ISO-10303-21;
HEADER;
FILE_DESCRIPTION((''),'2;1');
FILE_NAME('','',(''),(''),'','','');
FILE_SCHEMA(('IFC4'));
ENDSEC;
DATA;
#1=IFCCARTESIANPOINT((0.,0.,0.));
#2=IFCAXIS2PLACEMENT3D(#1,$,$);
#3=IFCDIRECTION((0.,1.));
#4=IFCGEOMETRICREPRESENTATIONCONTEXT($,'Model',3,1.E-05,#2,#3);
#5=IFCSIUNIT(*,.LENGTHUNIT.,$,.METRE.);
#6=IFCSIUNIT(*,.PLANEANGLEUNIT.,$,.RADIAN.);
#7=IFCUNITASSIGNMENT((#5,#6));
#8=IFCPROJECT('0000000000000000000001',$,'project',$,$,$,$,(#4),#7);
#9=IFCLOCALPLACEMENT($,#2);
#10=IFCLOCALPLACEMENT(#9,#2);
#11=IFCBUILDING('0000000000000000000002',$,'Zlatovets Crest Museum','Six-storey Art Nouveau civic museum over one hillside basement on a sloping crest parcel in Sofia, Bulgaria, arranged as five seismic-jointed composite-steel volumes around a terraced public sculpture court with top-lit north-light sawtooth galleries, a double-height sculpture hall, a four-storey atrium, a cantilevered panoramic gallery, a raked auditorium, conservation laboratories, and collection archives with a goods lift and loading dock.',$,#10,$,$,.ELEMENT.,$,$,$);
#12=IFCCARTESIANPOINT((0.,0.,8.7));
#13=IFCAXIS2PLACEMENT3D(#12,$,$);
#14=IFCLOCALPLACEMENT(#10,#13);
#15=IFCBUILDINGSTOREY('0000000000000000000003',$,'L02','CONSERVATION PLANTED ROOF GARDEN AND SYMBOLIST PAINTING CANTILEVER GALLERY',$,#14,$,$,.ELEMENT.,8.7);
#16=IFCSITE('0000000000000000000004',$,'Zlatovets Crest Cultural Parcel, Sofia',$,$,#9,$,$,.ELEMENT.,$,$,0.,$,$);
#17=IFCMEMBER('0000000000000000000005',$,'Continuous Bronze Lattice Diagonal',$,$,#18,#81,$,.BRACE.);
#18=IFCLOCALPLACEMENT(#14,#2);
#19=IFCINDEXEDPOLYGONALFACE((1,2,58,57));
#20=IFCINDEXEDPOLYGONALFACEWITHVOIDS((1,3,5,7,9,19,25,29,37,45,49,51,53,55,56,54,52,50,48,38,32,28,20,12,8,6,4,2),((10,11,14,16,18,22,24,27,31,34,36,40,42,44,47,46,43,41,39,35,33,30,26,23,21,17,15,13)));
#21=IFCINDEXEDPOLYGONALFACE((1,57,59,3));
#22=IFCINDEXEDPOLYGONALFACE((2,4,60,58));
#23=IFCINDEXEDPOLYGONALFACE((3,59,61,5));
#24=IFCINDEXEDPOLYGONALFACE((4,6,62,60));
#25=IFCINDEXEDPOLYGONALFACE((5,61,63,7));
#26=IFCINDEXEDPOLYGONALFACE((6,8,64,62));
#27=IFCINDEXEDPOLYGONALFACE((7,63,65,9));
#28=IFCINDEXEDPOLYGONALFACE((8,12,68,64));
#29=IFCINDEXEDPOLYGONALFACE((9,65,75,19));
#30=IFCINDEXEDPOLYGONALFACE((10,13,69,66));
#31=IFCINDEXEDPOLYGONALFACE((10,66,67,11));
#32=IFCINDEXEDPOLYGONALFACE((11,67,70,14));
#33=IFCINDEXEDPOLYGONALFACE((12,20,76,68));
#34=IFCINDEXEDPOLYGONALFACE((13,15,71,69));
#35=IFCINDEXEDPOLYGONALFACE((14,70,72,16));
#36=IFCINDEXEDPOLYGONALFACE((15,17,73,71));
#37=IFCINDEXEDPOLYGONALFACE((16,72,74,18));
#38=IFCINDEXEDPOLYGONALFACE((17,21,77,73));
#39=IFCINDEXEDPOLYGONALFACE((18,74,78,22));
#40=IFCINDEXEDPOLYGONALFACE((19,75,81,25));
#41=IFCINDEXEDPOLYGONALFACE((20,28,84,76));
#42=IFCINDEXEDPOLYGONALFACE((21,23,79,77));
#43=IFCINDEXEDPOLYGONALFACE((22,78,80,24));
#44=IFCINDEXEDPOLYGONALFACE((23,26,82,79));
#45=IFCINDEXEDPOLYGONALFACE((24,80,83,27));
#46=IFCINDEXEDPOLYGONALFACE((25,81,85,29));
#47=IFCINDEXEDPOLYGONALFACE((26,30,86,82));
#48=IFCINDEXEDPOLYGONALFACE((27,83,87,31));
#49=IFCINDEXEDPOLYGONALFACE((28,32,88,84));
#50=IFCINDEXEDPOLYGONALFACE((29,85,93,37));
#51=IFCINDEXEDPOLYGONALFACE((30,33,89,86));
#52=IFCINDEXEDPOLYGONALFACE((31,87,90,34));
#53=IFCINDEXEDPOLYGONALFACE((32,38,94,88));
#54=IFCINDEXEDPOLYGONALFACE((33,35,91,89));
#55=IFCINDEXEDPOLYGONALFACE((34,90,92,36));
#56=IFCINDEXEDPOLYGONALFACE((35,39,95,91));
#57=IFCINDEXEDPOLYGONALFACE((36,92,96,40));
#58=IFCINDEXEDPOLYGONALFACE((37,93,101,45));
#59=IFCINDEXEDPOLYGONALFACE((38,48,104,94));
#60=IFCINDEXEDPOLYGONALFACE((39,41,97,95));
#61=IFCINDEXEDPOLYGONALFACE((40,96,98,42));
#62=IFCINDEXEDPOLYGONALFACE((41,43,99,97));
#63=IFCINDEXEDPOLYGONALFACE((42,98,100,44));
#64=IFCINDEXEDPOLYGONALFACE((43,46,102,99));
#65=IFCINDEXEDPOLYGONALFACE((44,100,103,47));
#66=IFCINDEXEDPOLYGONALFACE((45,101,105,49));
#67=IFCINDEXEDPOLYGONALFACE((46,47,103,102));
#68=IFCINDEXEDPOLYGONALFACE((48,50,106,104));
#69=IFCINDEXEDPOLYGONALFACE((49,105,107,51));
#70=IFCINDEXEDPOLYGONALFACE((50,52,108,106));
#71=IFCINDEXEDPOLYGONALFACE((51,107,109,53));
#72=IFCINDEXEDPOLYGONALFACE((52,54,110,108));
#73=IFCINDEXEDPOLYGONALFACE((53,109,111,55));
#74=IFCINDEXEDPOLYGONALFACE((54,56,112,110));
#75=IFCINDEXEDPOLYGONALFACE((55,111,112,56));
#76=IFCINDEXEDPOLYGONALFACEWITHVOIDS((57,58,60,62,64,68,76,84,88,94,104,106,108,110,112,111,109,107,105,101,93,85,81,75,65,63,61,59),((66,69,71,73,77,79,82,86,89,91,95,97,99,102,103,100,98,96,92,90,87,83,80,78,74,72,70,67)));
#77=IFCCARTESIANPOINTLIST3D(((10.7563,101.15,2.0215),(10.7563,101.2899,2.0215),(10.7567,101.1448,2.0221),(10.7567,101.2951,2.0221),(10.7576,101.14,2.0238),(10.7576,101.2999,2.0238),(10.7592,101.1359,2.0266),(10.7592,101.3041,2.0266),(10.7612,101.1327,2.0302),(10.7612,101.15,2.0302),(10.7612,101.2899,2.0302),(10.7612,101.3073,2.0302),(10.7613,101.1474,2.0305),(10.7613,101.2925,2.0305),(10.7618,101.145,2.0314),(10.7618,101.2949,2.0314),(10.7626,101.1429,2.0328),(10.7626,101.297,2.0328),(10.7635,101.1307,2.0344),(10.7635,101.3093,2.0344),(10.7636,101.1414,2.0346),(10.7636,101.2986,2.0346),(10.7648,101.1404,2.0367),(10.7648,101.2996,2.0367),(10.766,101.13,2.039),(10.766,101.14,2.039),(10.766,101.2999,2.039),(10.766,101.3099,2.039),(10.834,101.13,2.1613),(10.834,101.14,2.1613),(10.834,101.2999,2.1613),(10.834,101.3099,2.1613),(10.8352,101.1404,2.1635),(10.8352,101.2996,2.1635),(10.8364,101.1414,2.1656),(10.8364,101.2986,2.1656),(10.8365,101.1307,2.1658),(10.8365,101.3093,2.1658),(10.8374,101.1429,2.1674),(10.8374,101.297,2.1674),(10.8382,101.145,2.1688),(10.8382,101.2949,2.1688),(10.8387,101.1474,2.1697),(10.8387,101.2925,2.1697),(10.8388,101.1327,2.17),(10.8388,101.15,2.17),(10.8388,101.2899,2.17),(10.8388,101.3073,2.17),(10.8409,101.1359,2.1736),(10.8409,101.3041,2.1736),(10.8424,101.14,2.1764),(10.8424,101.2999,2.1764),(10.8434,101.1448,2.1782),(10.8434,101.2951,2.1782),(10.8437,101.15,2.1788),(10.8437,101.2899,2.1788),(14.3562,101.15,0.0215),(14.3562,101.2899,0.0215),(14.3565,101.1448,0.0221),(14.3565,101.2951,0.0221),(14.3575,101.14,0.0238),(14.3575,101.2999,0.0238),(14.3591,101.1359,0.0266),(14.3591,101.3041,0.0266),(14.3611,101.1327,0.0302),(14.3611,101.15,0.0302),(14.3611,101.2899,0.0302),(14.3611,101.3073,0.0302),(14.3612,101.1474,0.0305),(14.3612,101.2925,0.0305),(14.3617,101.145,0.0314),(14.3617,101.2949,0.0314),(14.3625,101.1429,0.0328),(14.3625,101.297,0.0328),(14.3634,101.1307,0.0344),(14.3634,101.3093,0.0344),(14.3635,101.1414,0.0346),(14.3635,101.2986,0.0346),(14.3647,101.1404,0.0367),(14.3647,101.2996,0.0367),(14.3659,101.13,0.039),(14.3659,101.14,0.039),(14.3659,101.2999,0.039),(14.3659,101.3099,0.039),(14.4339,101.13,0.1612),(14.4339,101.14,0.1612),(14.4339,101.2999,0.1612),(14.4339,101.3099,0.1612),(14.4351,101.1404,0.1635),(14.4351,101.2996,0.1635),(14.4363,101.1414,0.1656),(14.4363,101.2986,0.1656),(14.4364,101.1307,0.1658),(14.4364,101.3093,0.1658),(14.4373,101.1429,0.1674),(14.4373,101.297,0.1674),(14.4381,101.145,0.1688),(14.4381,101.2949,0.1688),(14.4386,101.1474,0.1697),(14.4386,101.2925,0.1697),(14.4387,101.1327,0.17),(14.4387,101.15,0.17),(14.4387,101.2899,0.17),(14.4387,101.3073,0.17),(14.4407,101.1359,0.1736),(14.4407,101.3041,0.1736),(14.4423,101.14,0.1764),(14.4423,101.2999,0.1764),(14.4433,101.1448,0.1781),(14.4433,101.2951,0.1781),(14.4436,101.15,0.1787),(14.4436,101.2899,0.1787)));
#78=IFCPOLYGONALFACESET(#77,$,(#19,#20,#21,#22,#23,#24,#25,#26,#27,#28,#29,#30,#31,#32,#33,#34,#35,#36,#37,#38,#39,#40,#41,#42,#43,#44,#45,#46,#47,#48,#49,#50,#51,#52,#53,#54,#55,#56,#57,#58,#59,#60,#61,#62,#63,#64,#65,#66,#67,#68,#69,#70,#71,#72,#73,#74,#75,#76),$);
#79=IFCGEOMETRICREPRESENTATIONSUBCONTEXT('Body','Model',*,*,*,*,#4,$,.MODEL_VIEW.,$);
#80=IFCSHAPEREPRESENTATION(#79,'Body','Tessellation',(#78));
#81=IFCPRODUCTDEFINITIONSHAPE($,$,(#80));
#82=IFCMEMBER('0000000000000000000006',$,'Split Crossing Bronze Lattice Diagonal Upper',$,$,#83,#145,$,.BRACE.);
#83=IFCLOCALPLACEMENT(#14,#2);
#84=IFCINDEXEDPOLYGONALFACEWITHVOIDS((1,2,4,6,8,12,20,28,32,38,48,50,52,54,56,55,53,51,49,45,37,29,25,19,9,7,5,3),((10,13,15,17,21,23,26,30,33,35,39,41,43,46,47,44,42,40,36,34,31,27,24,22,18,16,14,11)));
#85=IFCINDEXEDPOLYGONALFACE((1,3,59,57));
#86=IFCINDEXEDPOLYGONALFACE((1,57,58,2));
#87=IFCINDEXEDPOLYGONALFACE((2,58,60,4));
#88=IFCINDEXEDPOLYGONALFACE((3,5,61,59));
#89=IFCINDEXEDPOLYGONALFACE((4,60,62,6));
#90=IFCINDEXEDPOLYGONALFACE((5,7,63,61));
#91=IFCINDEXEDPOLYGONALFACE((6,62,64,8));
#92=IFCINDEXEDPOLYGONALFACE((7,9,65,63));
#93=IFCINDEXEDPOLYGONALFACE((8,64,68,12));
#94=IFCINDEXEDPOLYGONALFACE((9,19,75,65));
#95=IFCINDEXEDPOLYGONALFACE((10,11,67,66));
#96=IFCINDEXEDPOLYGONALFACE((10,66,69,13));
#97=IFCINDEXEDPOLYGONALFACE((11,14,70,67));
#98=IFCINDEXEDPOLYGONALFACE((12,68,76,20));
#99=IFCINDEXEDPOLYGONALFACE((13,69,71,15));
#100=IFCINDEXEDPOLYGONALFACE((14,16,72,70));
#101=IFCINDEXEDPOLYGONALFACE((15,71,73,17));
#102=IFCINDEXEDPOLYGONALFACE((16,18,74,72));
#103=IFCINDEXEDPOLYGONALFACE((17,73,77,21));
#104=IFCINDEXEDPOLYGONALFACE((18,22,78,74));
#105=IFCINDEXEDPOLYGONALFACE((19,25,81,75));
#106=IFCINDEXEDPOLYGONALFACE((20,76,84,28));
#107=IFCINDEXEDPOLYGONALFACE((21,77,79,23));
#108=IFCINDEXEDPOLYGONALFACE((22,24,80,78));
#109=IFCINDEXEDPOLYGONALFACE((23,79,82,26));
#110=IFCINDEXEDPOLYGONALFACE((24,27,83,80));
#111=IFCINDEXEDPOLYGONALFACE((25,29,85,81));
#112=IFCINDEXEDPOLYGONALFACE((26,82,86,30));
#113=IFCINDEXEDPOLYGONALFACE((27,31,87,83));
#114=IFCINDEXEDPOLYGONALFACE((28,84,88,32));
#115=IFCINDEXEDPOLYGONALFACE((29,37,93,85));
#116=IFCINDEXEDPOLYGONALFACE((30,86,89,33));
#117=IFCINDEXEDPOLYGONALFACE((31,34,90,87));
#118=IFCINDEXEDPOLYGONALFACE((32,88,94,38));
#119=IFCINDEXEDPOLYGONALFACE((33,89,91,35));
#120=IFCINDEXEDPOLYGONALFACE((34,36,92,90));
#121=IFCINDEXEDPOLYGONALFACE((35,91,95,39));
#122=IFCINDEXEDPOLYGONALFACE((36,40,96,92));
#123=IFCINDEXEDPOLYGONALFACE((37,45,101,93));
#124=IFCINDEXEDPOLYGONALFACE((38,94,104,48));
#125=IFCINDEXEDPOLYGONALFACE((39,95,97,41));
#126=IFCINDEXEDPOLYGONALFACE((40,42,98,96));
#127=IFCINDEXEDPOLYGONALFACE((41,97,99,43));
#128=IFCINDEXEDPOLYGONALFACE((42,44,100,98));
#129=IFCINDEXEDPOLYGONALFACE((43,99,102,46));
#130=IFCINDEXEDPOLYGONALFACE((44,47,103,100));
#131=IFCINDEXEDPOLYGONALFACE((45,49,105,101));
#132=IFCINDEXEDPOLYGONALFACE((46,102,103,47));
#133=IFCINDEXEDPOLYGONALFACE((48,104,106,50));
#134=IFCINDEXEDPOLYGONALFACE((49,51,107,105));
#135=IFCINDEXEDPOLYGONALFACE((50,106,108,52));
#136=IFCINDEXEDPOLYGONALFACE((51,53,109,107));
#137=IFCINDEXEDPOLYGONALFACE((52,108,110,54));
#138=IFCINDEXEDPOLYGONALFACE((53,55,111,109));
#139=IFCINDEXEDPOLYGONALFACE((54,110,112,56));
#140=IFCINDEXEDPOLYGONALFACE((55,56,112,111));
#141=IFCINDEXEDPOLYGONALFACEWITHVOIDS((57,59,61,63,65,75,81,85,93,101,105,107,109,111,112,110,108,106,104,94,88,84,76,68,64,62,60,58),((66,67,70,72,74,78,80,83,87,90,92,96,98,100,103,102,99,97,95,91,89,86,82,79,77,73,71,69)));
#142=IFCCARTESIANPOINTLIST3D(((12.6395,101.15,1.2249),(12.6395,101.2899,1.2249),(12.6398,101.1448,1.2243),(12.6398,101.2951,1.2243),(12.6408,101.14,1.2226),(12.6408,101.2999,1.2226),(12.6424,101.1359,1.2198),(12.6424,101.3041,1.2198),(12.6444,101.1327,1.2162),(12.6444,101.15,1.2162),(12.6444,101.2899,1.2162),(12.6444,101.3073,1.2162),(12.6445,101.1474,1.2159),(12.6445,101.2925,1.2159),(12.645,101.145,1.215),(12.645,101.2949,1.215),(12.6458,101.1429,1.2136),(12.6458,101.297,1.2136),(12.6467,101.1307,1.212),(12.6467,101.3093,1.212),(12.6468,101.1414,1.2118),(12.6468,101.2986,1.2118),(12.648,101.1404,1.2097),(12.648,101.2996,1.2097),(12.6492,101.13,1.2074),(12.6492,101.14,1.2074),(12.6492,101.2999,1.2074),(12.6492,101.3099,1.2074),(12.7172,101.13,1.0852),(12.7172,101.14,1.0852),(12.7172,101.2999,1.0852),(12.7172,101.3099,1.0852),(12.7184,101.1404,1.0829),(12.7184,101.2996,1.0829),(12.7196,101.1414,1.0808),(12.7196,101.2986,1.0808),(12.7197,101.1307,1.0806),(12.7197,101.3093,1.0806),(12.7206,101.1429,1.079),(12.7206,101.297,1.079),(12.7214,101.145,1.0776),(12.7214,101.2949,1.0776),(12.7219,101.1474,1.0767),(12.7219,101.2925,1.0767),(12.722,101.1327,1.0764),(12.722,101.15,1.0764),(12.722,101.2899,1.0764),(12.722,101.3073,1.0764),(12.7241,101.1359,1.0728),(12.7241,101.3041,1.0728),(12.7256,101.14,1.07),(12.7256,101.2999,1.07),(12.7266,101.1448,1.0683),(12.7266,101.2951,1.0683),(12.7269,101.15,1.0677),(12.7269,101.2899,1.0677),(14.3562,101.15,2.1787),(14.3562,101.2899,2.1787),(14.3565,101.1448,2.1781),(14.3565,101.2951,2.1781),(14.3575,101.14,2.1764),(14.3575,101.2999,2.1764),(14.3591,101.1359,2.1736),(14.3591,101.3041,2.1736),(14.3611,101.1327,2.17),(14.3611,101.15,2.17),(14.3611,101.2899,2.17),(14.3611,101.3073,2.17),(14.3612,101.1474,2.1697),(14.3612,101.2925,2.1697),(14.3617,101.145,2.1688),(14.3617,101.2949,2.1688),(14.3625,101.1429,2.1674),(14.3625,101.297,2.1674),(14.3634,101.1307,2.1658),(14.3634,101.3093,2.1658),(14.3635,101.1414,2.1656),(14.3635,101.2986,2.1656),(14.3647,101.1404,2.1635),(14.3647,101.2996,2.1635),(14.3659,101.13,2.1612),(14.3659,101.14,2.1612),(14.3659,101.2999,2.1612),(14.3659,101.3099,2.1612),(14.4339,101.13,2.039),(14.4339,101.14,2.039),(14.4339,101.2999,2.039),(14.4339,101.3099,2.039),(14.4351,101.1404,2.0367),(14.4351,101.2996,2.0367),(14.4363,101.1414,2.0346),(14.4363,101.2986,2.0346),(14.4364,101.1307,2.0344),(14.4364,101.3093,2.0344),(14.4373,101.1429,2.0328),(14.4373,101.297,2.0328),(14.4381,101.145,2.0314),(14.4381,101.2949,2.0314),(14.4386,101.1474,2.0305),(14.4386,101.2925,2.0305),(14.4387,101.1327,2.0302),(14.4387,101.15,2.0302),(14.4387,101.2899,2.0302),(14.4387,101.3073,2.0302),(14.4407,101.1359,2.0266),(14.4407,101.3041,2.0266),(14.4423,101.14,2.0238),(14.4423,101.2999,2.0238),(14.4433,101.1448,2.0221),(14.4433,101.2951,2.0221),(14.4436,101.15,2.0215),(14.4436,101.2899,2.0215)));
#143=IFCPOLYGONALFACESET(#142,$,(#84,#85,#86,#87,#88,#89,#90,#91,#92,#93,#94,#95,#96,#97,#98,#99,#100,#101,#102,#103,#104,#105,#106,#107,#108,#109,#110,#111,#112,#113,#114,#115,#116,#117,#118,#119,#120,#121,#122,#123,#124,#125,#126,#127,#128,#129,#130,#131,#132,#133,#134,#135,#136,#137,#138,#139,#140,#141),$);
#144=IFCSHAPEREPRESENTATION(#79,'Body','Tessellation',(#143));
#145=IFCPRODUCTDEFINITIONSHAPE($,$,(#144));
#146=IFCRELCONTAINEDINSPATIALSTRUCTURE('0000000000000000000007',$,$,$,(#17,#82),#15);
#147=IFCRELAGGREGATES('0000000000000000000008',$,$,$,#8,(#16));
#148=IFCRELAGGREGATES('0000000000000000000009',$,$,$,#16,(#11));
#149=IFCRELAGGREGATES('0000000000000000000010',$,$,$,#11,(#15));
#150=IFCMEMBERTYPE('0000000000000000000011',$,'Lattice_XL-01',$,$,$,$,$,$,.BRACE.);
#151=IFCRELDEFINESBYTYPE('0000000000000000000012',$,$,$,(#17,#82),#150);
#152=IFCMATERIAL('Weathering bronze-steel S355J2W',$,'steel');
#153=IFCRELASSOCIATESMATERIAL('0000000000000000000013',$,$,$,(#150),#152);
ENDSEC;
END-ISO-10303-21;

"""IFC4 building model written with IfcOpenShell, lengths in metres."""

from ifc_helpers import new_model, si_unit, direction, frame, origin, origin_2d, place, context, subcontext, project, spatial, hollow_rectangle, extrude, material, material_profile, profile_set, type_object, element, save


model = new_model("IFC4")

# Units and contexts
model_context = context("Model", 3, precision=1e-05, world=origin(), true_north=direction((0.0, 1.0)))
body_context = subcontext(model_context, "Body", "Model", "MODEL_VIEW")
ifc_project = project(units=[si_unit("LENGTHUNIT", "METRE"), si_unit("PLANEANGLEUNIT", "RADIAN")], contexts=[model_context])

# Site, building, storey
site_placement = place(None, origin())
site = spatial("IfcSite", under=ifc_project, at=site_placement, Name="Zlatovets Crest Cultural Parcel, Sofia", CompositionType="ELEMENT", RefElevation=0.0)
building_placement = place(site_placement, origin())
building = spatial("IfcBuilding", under=site, at=building_placement, Name="Zlatovets Crest Museum", Description="Six-storey Art Nouveau civic museum over one hillside basement on a sloping crest parcel in Sofia, Bulgaria, arranged as five seismic-jointed composite-steel volumes around a terraced public sculpture court with top-lit north-light sawtooth galleries, a double-height sculpture hall, a four-storey atrium, a cantilevered panoramic gallery, a raked auditorium, conservation laboratories, and collection archives with a goods lift and loading dock.", CompositionType="ELEMENT")
storey_placement = place(building_placement, frame((0.0, 0.0, 8.7)))
storey = spatial("IfcBuildingStorey", under=building, at=storey_placement, Name="L02", Description="CONSERVATION PLANTED ROOF GARDEN AND SYMBOLIST PAINTING CANTILEVER GALLERY", CompositionType="ELEMENT", Elevation=8.7)

# Members
ifc_material_1 = material(Name="Weathering bronze-steel S355J2W", Category="steel")
ifc_material_profile_1 = material_profile(ifc_material_1, hollow_rectangle(XDim=0.1799, YDim=0.1799, WallThickness=0.01, InnerFilletRadius=0.01, OuterFilletRadius=0.02, at=origin_2d()), Name="SHS 180x180x10.0")
ifc_profile_set_1 = profile_set([ifc_material_profile_1], Name="Weathering bronze-steel S355J2W")
member_type_1 = type_object("IfcMemberType", Name="Lattice_XL-01", PredefinedType="BRACE", material=ifc_profile_set_1)
member_1_placement = place(storey_placement, frame((14.3999, 101.22, 0.1001), z_axis=(-0.874149, 0.0, 0.485658), x_axis=(0.0, -1.0, 0.0)))
element("IfcMember", 1, at=member_1_placement, inside=storey, type_object=member_type_1, Name="Continuous Bronze Lattice Diagonal", PredefinedType="BRACE", context=body_context, shape_type="SweptSolid", body=[
    extrude(hollow_rectangle(XDim=0.1799, YDim=0.1799, WallThickness=0.01, InnerFilletRadius=0.01, OuterFilletRadius=0.02, at=origin_2d()), origin(), (0.0, 0.0, 1.0), 4.1182),
])
member_2_placement = place(storey_placement, frame((14.3999, 101.22, 2.1001), z_axis=(-0.87414, 0.0, -0.485675), x_axis=(0.0, -1.0, 0.0)))
element("IfcMember", 2, at=member_2_placement, inside=storey, type_object=member_type_1, Name="Split Crossing Bronze Lattice Diagonal Upper", PredefinedType="BRACE", context=body_context, shape_type="SweptSolid", body=[
    extrude(hollow_rectangle(XDim=0.1799, YDim=0.1799, WallThickness=0.01, InnerFilletRadius=0.01, OuterFilletRadius=0.02, at=origin_2d()), origin(), (0.0, 0.0, 1.0), 1.9639),
])

save(model, "model.ifc")
